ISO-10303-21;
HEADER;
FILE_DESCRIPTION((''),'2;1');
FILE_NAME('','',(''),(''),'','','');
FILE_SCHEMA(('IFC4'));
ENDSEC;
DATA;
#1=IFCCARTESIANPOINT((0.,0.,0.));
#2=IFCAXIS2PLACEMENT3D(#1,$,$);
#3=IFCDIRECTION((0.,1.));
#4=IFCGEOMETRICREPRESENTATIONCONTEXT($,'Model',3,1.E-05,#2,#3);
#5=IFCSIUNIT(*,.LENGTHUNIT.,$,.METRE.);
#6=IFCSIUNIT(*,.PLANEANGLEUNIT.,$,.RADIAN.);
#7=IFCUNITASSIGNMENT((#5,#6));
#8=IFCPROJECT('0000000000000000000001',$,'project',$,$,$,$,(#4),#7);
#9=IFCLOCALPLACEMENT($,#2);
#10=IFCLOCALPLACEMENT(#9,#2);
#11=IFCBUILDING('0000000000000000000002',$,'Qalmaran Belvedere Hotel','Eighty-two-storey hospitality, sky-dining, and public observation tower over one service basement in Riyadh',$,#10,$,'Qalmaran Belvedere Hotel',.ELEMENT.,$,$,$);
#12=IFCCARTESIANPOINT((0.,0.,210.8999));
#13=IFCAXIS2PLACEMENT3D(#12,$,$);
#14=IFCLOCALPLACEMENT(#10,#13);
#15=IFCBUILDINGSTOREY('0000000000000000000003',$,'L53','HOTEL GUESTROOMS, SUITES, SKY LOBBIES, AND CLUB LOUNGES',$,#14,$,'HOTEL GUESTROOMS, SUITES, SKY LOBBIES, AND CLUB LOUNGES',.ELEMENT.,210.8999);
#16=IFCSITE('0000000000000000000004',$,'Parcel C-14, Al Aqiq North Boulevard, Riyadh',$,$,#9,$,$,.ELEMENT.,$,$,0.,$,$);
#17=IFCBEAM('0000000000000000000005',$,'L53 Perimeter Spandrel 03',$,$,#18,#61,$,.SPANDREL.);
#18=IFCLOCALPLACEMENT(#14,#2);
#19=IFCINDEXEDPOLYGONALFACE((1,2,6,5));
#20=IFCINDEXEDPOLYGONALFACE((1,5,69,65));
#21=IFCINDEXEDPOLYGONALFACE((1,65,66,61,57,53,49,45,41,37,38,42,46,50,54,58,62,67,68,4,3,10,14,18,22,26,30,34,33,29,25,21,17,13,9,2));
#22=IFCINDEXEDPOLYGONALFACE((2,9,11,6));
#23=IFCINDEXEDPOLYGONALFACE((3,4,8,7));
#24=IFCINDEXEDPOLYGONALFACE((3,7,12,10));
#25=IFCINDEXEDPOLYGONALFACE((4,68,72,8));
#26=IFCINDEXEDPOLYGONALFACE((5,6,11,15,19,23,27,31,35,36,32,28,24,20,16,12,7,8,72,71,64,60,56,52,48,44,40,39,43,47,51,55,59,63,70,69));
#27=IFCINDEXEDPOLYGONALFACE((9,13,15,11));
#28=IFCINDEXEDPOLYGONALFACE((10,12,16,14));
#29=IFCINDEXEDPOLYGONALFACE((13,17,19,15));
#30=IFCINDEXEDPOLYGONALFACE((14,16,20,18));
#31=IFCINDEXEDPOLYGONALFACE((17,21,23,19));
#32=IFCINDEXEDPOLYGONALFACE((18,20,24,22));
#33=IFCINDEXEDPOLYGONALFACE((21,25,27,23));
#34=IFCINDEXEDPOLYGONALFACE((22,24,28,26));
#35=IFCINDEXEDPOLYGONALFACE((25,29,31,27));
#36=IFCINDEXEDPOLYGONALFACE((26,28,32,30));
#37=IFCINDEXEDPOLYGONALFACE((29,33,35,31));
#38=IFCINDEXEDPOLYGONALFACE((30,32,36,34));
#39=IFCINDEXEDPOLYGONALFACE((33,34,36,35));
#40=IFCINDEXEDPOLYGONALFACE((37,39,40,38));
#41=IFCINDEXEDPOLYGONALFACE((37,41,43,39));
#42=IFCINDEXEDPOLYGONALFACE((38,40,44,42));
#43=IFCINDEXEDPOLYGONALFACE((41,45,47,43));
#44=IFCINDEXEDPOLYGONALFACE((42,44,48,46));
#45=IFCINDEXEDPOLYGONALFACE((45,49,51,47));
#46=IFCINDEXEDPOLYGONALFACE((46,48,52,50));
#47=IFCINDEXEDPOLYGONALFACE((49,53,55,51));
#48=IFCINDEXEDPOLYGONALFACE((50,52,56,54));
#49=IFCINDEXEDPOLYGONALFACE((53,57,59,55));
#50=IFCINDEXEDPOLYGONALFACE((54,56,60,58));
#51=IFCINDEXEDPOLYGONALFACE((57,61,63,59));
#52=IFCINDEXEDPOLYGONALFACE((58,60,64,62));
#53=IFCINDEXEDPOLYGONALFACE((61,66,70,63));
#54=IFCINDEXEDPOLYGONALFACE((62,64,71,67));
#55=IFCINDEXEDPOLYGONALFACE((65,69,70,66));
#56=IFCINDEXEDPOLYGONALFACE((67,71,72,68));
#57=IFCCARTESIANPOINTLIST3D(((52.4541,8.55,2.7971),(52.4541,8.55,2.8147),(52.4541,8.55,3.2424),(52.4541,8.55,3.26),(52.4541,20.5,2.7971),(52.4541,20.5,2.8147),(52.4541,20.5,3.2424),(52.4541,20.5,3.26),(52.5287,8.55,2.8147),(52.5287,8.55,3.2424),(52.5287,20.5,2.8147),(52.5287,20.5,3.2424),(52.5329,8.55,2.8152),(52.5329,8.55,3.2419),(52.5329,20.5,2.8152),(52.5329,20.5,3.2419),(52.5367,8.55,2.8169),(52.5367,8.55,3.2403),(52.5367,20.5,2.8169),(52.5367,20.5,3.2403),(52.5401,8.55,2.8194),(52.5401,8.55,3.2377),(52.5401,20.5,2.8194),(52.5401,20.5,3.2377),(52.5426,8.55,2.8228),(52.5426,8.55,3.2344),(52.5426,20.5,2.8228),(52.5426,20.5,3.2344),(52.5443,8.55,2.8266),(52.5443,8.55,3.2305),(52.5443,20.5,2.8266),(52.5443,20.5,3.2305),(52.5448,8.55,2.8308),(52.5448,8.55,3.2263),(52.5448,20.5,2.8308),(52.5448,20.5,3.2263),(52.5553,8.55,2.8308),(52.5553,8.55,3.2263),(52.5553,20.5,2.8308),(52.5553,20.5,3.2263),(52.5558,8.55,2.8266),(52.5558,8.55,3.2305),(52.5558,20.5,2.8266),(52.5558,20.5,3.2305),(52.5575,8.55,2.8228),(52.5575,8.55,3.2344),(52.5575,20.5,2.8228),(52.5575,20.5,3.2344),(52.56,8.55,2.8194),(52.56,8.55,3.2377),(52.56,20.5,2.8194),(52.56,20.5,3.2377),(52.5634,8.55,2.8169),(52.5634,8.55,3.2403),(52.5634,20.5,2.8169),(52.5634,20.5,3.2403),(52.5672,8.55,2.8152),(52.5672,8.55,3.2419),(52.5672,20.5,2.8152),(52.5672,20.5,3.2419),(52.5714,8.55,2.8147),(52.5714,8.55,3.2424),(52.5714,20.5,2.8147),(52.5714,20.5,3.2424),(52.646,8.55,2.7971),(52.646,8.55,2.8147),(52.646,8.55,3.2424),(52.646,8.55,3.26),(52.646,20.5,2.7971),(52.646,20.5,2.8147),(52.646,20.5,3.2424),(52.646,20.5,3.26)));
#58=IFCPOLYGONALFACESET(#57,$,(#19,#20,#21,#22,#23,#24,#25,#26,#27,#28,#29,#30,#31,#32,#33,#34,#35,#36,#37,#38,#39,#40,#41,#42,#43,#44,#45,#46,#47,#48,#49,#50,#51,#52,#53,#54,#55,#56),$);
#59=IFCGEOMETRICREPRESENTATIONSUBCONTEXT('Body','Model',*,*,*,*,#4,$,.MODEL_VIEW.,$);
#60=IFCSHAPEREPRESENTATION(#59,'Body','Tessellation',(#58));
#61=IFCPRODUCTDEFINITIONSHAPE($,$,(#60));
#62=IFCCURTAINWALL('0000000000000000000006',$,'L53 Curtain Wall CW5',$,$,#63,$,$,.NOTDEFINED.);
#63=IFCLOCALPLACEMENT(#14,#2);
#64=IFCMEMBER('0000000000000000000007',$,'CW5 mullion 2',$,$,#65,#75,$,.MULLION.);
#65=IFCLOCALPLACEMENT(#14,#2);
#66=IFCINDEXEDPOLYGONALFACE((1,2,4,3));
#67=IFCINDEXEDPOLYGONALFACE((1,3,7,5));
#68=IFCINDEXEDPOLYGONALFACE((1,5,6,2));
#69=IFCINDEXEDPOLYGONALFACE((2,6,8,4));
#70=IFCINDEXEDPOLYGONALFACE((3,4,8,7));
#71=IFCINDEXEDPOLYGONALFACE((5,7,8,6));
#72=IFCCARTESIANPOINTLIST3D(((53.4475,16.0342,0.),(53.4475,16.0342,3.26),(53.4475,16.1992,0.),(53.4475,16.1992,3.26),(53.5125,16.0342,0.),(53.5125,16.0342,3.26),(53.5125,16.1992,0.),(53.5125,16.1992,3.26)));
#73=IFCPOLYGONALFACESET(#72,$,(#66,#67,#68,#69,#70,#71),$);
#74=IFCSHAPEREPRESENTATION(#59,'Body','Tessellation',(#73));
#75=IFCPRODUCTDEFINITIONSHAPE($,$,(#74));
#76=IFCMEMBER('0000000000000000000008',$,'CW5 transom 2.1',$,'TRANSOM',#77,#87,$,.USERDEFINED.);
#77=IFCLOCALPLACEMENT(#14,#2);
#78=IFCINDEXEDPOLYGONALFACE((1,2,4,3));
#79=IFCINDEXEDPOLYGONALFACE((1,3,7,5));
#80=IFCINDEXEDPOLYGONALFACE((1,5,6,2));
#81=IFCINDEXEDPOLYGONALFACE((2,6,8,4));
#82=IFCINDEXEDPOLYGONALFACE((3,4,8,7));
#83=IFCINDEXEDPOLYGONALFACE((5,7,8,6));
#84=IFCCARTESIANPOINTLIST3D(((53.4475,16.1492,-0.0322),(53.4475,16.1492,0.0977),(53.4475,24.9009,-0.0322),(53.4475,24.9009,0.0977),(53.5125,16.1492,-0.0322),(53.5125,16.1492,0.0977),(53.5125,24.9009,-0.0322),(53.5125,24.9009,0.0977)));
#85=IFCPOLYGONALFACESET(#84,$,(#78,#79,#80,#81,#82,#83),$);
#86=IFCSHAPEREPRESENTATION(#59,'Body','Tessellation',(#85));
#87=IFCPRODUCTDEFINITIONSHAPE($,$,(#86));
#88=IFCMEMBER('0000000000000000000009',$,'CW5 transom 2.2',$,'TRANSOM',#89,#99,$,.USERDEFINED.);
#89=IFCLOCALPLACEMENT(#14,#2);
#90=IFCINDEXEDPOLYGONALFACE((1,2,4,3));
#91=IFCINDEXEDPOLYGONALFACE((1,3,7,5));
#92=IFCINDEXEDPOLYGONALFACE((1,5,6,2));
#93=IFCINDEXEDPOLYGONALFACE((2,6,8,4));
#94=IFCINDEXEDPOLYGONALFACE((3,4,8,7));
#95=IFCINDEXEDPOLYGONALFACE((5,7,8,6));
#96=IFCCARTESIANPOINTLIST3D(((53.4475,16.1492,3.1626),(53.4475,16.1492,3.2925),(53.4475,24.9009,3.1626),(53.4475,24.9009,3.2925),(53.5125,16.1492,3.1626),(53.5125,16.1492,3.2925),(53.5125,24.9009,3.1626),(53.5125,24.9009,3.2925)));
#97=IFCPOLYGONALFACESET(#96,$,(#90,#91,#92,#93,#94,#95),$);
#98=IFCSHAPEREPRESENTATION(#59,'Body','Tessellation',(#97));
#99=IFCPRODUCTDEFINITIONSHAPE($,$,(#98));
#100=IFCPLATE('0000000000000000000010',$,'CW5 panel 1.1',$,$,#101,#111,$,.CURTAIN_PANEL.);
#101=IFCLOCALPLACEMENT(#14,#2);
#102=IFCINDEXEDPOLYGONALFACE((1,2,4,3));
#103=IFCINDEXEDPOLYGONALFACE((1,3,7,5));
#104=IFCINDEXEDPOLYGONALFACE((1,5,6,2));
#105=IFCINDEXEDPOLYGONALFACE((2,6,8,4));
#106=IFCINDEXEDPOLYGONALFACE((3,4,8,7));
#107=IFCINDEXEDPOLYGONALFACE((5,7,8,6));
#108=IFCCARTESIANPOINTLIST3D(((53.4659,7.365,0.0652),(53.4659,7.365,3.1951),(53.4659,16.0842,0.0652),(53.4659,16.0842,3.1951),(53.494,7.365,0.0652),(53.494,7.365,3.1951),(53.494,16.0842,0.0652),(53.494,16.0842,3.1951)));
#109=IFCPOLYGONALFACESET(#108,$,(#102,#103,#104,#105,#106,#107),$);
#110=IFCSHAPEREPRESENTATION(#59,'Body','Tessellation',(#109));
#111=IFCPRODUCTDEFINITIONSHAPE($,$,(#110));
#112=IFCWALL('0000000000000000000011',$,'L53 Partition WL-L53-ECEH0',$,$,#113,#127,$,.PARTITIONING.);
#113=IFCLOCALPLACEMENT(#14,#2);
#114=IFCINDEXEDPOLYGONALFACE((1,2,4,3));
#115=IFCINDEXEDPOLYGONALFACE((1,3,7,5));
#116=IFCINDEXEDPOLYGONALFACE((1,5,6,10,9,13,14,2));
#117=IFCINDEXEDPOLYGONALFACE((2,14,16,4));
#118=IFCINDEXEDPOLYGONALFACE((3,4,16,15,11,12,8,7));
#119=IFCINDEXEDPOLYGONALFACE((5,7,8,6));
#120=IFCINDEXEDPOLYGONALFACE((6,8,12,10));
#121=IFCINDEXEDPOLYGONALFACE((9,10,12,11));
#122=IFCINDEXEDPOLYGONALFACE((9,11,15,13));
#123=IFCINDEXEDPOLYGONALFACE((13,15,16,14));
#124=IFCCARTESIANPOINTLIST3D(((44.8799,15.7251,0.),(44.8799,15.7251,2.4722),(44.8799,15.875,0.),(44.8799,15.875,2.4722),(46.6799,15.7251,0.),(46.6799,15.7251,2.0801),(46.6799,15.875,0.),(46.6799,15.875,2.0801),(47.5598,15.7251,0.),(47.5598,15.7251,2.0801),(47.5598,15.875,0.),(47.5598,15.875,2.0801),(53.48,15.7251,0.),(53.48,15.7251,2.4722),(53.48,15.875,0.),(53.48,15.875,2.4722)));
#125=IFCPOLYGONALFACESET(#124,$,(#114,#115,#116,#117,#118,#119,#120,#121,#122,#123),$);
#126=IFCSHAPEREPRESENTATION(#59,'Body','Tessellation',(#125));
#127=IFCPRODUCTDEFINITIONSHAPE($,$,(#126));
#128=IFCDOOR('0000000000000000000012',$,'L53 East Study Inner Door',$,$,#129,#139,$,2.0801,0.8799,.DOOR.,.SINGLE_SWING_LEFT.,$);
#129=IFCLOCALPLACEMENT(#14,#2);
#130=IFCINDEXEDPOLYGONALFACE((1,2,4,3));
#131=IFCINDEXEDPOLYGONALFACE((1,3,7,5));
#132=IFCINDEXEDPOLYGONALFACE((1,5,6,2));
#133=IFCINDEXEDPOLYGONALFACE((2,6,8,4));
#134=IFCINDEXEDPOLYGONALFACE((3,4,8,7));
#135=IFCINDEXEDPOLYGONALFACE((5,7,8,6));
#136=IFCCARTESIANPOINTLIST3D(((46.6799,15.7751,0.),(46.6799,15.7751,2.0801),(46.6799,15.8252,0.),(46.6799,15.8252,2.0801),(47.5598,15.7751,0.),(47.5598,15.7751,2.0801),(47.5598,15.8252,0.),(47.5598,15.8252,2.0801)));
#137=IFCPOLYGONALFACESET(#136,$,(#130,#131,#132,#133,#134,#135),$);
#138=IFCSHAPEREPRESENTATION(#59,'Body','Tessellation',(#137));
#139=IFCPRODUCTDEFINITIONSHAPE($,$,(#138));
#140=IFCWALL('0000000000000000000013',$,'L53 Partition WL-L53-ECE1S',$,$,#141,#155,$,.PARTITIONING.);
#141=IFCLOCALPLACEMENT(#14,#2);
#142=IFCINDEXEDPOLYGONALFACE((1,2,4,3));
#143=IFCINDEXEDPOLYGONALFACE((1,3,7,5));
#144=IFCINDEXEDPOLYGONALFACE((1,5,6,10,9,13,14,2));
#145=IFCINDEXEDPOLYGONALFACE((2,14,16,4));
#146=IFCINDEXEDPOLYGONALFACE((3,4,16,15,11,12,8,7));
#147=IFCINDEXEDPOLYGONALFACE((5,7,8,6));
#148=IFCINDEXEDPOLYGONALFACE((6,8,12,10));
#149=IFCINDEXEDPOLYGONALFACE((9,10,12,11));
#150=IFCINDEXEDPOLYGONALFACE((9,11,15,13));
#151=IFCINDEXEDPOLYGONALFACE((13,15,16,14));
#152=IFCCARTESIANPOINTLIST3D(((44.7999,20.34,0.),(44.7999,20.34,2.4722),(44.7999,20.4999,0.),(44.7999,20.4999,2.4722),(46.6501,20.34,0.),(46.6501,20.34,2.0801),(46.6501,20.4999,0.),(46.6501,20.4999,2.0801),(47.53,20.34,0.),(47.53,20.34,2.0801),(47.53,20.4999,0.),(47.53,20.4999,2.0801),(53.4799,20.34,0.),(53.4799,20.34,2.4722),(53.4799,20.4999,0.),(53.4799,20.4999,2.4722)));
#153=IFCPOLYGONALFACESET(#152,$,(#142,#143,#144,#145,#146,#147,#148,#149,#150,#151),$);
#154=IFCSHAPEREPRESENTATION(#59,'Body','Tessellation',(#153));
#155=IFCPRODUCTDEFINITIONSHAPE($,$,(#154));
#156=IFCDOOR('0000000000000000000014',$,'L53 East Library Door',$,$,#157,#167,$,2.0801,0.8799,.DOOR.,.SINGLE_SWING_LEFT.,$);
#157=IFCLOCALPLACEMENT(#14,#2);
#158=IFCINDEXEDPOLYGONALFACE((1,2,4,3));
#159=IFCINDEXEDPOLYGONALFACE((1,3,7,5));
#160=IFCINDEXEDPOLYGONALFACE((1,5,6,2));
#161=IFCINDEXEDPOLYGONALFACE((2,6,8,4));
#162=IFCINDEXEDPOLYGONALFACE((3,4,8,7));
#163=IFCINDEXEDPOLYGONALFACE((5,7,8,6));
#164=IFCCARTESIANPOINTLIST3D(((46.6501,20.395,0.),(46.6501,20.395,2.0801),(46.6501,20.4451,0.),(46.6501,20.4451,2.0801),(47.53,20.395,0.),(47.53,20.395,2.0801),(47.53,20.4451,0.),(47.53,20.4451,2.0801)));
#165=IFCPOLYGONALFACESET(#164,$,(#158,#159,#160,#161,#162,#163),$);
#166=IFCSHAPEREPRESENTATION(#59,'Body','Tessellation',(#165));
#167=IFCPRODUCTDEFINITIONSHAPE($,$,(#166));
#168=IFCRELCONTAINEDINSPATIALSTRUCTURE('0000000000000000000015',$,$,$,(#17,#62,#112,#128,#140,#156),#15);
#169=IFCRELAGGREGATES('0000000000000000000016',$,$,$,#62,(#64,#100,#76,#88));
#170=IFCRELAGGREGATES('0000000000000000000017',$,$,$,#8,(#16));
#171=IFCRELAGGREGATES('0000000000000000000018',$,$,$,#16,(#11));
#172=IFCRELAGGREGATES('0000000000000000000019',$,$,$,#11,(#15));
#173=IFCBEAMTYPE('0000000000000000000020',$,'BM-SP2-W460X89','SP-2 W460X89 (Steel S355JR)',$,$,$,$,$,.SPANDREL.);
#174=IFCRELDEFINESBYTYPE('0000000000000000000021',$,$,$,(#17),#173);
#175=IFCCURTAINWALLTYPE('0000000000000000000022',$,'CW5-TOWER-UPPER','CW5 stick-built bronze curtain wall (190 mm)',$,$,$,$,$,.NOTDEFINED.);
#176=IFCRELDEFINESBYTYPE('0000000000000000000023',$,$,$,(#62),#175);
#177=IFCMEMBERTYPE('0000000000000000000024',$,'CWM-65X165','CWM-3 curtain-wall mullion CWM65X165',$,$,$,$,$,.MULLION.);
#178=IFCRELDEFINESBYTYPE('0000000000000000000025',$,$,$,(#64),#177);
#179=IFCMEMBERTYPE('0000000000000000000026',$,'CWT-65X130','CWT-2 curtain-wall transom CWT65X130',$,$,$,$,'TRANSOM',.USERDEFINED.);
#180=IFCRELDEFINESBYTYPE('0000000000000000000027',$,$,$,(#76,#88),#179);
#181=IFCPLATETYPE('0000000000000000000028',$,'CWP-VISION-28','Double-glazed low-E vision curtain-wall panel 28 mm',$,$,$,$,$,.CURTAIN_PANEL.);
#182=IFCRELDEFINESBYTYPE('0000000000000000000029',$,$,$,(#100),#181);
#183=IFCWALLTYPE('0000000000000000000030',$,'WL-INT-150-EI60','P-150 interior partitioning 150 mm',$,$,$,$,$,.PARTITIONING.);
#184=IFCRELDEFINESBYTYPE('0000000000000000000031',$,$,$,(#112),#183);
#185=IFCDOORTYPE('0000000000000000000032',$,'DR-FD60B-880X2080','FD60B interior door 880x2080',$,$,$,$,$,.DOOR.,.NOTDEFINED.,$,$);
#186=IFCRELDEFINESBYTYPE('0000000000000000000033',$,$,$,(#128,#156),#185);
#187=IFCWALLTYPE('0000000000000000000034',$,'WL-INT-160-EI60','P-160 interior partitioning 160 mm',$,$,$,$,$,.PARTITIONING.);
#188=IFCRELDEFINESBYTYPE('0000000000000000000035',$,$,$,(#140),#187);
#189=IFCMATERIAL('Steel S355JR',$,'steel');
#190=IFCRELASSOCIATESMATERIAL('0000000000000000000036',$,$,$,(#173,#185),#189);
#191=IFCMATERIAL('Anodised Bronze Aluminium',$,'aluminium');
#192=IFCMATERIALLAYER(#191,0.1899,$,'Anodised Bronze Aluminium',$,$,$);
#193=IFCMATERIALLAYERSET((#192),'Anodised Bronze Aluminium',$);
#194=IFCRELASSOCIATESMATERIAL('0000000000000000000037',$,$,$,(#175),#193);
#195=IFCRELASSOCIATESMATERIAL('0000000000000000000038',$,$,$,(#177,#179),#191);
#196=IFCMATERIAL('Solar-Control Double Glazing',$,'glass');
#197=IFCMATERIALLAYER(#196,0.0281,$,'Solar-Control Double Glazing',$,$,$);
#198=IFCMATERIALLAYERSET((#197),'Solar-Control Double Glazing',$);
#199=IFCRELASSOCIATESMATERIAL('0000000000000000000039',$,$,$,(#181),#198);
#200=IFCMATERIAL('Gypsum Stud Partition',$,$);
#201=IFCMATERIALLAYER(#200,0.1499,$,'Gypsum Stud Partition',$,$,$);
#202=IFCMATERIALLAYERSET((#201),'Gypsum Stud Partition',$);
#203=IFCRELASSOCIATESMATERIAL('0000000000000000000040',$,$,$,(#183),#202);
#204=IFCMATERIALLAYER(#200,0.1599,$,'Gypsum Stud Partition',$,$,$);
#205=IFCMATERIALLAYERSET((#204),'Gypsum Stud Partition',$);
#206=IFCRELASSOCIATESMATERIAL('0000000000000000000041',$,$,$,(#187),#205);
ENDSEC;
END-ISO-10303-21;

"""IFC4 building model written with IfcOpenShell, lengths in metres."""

from ifc_helpers import new_model, si_unit, direction, frame, frame_2d, origin, origin_2d, place, context, subcontext, project, spatial, rectangle, i_section, extrude, material, layer, layer_set, material_profile, profile_set, type_object, element, fill, aggregate, save


model = new_model("IFC4")

# Units and contexts
model_context = context("Model", 3, precision=1e-05, world=origin(), true_north=direction((0.0, 1.0)))
body_context = subcontext(model_context, "Body", "Model", "MODEL_VIEW")
ifc_project = project(units=[si_unit("LENGTHUNIT", "METRE"), si_unit("PLANEANGLEUNIT", "RADIAN")], contexts=[model_context])

# Site, building, storey
site_placement = place(None, origin())
site = spatial("IfcSite", under=ifc_project, at=site_placement, Name="Parcel C-14, Al Aqiq North Boulevard, Riyadh", CompositionType="ELEMENT", RefElevation=0.0)
building_placement = place(site_placement, origin())
building = spatial("IfcBuilding", under=site, at=building_placement, Name="Qalmaran Belvedere Hotel", Description="Eighty-two-storey hospitality, sky-dining, and public observation tower over one service basement in Riyadh", LongName="Qalmaran Belvedere Hotel", CompositionType="ELEMENT")
storey_placement = place(building_placement, frame((0.0, 0.0, 210.8999)))
storey = spatial("IfcBuildingStorey", under=building, at=storey_placement, Name="L53", Description="HOTEL GUESTROOMS, SUITES, SKY LOBBIES, AND CLUB LOUNGES", LongName="HOTEL GUESTROOMS, SUITES, SKY LOBBIES, AND CLUB LOUNGES", CompositionType="ELEMENT", Elevation=210.8999)

# Beam
ifc_material_1 = material(Name="Steel S355JR", Category="steel")
ifc_material_profile_1 = material_profile(ifc_material_1, i_section(OverallWidth=0.1919, OverallDepth=0.4629, WebThickness=0.0105, FlangeThickness=0.0176, FilletRadius=0.0161, at=origin_2d()), Name="W460X89")
ifc_profile_set_1 = profile_set([ifc_material_profile_1], Name="Steel S355JR")
beam_type_1 = type_object("IfcBeamType", Name="BM-SP2-W460X89", Description="SP-2 W460X89 (Steel S355JR)", PredefinedType="SPANDREL", material=ifc_profile_set_1)
beam_1_placement = place(storey_placement, frame((52.55, 8.55, 3.0286), z_axis=(0.0, 1.0, 0.0), x_axis=(-1.0, 0.0, 0.0)))
element("IfcBeam", 1, at=beam_1_placement, inside=storey, type_object=beam_type_1, Name="L53 Perimeter Spandrel 03", PredefinedType="SPANDREL", context=body_context, shape_type="SweptSolid", body=[
    extrude(i_section(OverallWidth=0.1919, OverallDepth=0.4629, WebThickness=0.0105, FlangeThickness=0.0176, FilletRadius=0.0161, at=origin_2d()), origin(), (0.0, 0.0, 1.0), 11.95),
])

# Curtain wall, members, plate
ifc_material_2 = material(Name="Anodised Bronze Aluminium", Category="aluminium")
ifc_layer_1 = layer(ifc_material_2, 0.1899, Name="Anodised Bronze Aluminium")
ifc_layer_set_1 = layer_set([ifc_layer_1], Name="Anodised Bronze Aluminium")
curtain_wall_type = type_object("IfcCurtainWallType", Name="CW5-TOWER-UPPER", Description="CW5 stick-built bronze curtain wall (190 mm)", PredefinedType="NOTDEFINED", material=ifc_layer_set_1)
curtain_wall_placement = place(storey_placement, origin())
curtain_wall = element("IfcCurtainWall", 2, at=curtain_wall_placement, inside=storey, type_object=curtain_wall_type, Name="L53 Curtain Wall CW5", PredefinedType="NOTDEFINED")
ifc_material_profile_2 = material_profile(ifc_material_2, rectangle(XDim=0.0649, YDim=0.165, at=origin_2d()), Name="CWM65X165")
ifc_profile_set_2 = profile_set([ifc_material_profile_2], Name="Anodised Bronze Aluminium")
member_type_1 = type_object("IfcMemberType", Name="CWM-65X165", Description="CWM-3 curtain-wall mullion CWM65X165", PredefinedType="MULLION", material=ifc_profile_set_2)
member_1_placement = place(storey_placement, frame((53.48, 16.1167, 0.0), z_axis=(0.0, 0.0, 1.0), x_axis=(-1.0, 0.0, 0.0)))
member_1 = element("IfcMember", 3, at=member_1_placement, type_object=member_type_1, Name="CW5 mullion 2", PredefinedType="MULLION", context=body_context, shape_type="SweptSolid", body=[
    extrude(rectangle(XDim=0.0649, YDim=0.165, at=origin_2d()), origin(), (0.0, 0.0, 1.0), 3.26),
])
ifc_material_profile_3 = material_profile(ifc_material_2, rectangle(XDim=0.0649, YDim=0.1299, at=origin_2d()), Name="CWT65X130")
ifc_profile_set_3 = profile_set([ifc_material_profile_3], Name="Anodised Bronze Aluminium")
member_type_2 = type_object("IfcMemberType", Name="CWT-65X130", Description="CWT-2 curtain-wall transom CWT65X130", ElementType="TRANSOM", PredefinedType="USERDEFINED", material=ifc_profile_set_3)
member_2_placement = place(storey_placement, frame((53.48, 16.1492, 0.0327), z_axis=(0.0, 1.0, 0.0), x_axis=(-1.0, 0.0, 0.0)))
member_2 = element("IfcMember", 4, at=member_2_placement, type_object=member_type_2, Name="CW5 transom 2.1", ObjectType="TRANSOM", PredefinedType="USERDEFINED", context=body_context, shape_type="SweptSolid", body=[
    extrude(rectangle(XDim=0.0649, YDim=0.1299, at=origin_2d()), origin(), (0.0, 0.0, 1.0), 8.7517),
])
member_3_placement = place(storey_placement, frame((53.48, 16.1492, 3.2275), z_axis=(0.0, 1.0, 0.0), x_axis=(-1.0, 0.0, 0.0)))
member_3 = element("IfcMember", 5, at=member_3_placement, type_object=member_type_2, Name="CW5 transom 2.2", ObjectType="TRANSOM", PredefinedType="USERDEFINED", context=body_context, shape_type="SweptSolid", body=[
    extrude(rectangle(XDim=0.0649, YDim=0.1299, at=origin_2d()), origin(), (0.0, 0.0, 1.0), 8.7517),
])
ifc_material_3 = material(Name="Solar-Control Double Glazing", Category="glass")
ifc_layer_2 = layer(ifc_material_3, 0.0281, Name="Solar-Control Double Glazing")
ifc_layer_set_2 = layer_set([ifc_layer_2], Name="Solar-Control Double Glazing")
plate_type = type_object("IfcPlateType", Name="CWP-VISION-28", Description="Double-glazed low-E vision curtain-wall panel 28 mm", PredefinedType="CURTAIN_PANEL", material=ifc_layer_set_2)
plate_placement = place(storey_placement, frame((53.48, 11.7246, 0.0652), z_axis=(0.0, 0.0, 1.0), x_axis=(0.0, 1.0, 0.0)))
plate = element("IfcPlate", 6, at=plate_placement, type_object=plate_type, Name="CW5 panel 1.1", PredefinedType="CURTAIN_PANEL", context=body_context, shape_type="SweptSolid", body=[
    extrude(rectangle(XDim=8.7192, YDim=0.0281, at=origin_2d()), origin(), (0.0, 0.0, 1.0), 3.1299),
])
aggregate(curtain_wall, [member_1, plate, member_2, member_3])

# Walls, openings, doors
ifc_material_4 = material(Name="Gypsum Stud Partition")
ifc_layer_3 = layer(ifc_material_4, 0.1499, Name="Gypsum Stud Partition")
ifc_layer_set_3 = layer_set([ifc_layer_3], Name="Gypsum Stud Partition")
wall_type_1 = type_object("IfcWallType", Name="WL-INT-150-EI60", Description="P-150 interior partitioning 150 mm", PredefinedType="PARTITIONING", material=ifc_layer_set_3)
wall_1_placement = place(storey_placement, frame((44.8799, 15.8, 0.0), z_axis=(0.0, 0.0, 1.0), x_axis=(1.0, 0.0, 0.0)))
wall_1 = element("IfcWall", 7, at=wall_1_placement, inside=storey, type_object=wall_type_1, Name="L53 Partition WL-L53-ECEH0", PredefinedType="PARTITIONING", context=body_context, shape_type="SweptSolid", body=[
    extrude(rectangle(XDim=8.6001, YDim=0.1499, at=frame_2d((4.3, 0.0))), origin(), (0.0, 0.0, 1.0), 2.4722),
])
opening_1_placement = place(wall_1_placement, frame((2.6799, 0.0, 0.0), z_axis=(0.0, 0.0, 1.0), x_axis=(-1.0, 0.0, 0.0)))
opening_1 = element("IfcOpeningElement", 8, at=opening_1_placement, cuts=wall_1, PredefinedType="OPENING", context=body_context, shape_type="SweptSolid", body=[
    extrude(rectangle(XDim=0.8799, YDim=2.0801, at=frame_2d((0.4399, 1.04))), frame((0.0, 0.085, 0.0), z_axis=(0.0, -1.0, 0.0), x_axis=(1.0, 0.0, 0.0)), (0.0, 0.0, 1.0), 0.1699),
])
door_type = type_object("IfcDoorType", Name="DR-FD60B-880X2080", Description="FD60B interior door 880x2080", OperationType="NOTDEFINED", PredefinedType="DOOR", material=ifc_material_1)
door_1_placement = place(opening_1_placement, origin())
door_1 = element("IfcDoor", 9, at=door_1_placement, inside=storey, type_object=door_type, Name="L53 East Study Inner Door", OperationType="SINGLE_SWING_LEFT", OverallHeight=2.0801, OverallWidth=0.8799, PredefinedType="DOOR", context=body_context, shape_type="SweptSolid", body=[
    extrude(rectangle(XDim=0.8799, YDim=2.0801, at=frame_2d((0.4399, 1.04))), frame((0.0, 0.0249, 0.0), z_axis=(0.0, -1.0, 0.0), x_axis=(1.0, 0.0, 0.0)), (0.0, 0.0, 1.0), 0.05),
])
fill(opening_1, door_1)
ifc_layer_4 = layer(ifc_material_4, 0.1599, Name="Gypsum Stud Partition")
ifc_layer_set_4 = layer_set([ifc_layer_4], Name="Gypsum Stud Partition")
wall_type_2 = type_object("IfcWallType", Name="WL-INT-160-EI60", Description="P-160 interior partitioning 160 mm", PredefinedType="PARTITIONING", material=ifc_layer_set_4)
wall_2_placement = place(storey_placement, frame((44.8, 20.4199, 0.0), z_axis=(0.0, 0.0, 1.0), x_axis=(1.0, 0.0, 0.0)))
wall_2 = element("IfcWall", 10, at=wall_2_placement, inside=storey, type_object=wall_type_2, Name="L53 Partition WL-L53-ECE1S", PredefinedType="PARTITIONING", context=body_context, shape_type="SweptSolid", body=[
    extrude(rectangle(XDim=8.6799, YDim=0.1599, at=frame_2d((4.3398, 0.0))), origin(), (0.0, 0.0, 1.0), 2.4722),
])
opening_2_placement = place(wall_2_placement, frame((2.73, 0.0, 0.0), z_axis=(0.0, 0.0, 1.0), x_axis=(-1.0, 0.0, 0.0)))
opening_2 = element("IfcOpeningElement", 11, at=opening_2_placement, cuts=wall_2, PredefinedType="OPENING", context=body_context, shape_type="SweptSolid", body=[
    extrude(rectangle(XDim=0.8799, YDim=2.0801, at=frame_2d((0.4399, 1.04))), frame((0.0, 0.0898, 0.0), z_axis=(0.0, -1.0, 0.0), x_axis=(1.0, 0.0, 0.0)), (0.0, 0.0, 1.0), 0.1799),
])
door_2_placement = place(opening_2_placement, origin())
door_2 = element("IfcDoor", 12, at=door_2_placement, inside=storey, type_object=door_type, Name="L53 East Library Door", OperationType="SINGLE_SWING_LEFT", OverallHeight=2.0801, OverallWidth=0.8799, PredefinedType="DOOR", context=body_context, shape_type="SweptSolid", body=[
    extrude(rectangle(XDim=0.8799, YDim=2.0801, at=frame_2d((0.4399, 1.04))), frame((0.0, 0.0249, 0.0), z_axis=(0.0, -1.0, 0.0), x_axis=(1.0, 0.0, 0.0)), (0.0, 0.0, 1.0), 0.05),
])
fill(opening_2, door_2)

save(model, "model.ifc")
